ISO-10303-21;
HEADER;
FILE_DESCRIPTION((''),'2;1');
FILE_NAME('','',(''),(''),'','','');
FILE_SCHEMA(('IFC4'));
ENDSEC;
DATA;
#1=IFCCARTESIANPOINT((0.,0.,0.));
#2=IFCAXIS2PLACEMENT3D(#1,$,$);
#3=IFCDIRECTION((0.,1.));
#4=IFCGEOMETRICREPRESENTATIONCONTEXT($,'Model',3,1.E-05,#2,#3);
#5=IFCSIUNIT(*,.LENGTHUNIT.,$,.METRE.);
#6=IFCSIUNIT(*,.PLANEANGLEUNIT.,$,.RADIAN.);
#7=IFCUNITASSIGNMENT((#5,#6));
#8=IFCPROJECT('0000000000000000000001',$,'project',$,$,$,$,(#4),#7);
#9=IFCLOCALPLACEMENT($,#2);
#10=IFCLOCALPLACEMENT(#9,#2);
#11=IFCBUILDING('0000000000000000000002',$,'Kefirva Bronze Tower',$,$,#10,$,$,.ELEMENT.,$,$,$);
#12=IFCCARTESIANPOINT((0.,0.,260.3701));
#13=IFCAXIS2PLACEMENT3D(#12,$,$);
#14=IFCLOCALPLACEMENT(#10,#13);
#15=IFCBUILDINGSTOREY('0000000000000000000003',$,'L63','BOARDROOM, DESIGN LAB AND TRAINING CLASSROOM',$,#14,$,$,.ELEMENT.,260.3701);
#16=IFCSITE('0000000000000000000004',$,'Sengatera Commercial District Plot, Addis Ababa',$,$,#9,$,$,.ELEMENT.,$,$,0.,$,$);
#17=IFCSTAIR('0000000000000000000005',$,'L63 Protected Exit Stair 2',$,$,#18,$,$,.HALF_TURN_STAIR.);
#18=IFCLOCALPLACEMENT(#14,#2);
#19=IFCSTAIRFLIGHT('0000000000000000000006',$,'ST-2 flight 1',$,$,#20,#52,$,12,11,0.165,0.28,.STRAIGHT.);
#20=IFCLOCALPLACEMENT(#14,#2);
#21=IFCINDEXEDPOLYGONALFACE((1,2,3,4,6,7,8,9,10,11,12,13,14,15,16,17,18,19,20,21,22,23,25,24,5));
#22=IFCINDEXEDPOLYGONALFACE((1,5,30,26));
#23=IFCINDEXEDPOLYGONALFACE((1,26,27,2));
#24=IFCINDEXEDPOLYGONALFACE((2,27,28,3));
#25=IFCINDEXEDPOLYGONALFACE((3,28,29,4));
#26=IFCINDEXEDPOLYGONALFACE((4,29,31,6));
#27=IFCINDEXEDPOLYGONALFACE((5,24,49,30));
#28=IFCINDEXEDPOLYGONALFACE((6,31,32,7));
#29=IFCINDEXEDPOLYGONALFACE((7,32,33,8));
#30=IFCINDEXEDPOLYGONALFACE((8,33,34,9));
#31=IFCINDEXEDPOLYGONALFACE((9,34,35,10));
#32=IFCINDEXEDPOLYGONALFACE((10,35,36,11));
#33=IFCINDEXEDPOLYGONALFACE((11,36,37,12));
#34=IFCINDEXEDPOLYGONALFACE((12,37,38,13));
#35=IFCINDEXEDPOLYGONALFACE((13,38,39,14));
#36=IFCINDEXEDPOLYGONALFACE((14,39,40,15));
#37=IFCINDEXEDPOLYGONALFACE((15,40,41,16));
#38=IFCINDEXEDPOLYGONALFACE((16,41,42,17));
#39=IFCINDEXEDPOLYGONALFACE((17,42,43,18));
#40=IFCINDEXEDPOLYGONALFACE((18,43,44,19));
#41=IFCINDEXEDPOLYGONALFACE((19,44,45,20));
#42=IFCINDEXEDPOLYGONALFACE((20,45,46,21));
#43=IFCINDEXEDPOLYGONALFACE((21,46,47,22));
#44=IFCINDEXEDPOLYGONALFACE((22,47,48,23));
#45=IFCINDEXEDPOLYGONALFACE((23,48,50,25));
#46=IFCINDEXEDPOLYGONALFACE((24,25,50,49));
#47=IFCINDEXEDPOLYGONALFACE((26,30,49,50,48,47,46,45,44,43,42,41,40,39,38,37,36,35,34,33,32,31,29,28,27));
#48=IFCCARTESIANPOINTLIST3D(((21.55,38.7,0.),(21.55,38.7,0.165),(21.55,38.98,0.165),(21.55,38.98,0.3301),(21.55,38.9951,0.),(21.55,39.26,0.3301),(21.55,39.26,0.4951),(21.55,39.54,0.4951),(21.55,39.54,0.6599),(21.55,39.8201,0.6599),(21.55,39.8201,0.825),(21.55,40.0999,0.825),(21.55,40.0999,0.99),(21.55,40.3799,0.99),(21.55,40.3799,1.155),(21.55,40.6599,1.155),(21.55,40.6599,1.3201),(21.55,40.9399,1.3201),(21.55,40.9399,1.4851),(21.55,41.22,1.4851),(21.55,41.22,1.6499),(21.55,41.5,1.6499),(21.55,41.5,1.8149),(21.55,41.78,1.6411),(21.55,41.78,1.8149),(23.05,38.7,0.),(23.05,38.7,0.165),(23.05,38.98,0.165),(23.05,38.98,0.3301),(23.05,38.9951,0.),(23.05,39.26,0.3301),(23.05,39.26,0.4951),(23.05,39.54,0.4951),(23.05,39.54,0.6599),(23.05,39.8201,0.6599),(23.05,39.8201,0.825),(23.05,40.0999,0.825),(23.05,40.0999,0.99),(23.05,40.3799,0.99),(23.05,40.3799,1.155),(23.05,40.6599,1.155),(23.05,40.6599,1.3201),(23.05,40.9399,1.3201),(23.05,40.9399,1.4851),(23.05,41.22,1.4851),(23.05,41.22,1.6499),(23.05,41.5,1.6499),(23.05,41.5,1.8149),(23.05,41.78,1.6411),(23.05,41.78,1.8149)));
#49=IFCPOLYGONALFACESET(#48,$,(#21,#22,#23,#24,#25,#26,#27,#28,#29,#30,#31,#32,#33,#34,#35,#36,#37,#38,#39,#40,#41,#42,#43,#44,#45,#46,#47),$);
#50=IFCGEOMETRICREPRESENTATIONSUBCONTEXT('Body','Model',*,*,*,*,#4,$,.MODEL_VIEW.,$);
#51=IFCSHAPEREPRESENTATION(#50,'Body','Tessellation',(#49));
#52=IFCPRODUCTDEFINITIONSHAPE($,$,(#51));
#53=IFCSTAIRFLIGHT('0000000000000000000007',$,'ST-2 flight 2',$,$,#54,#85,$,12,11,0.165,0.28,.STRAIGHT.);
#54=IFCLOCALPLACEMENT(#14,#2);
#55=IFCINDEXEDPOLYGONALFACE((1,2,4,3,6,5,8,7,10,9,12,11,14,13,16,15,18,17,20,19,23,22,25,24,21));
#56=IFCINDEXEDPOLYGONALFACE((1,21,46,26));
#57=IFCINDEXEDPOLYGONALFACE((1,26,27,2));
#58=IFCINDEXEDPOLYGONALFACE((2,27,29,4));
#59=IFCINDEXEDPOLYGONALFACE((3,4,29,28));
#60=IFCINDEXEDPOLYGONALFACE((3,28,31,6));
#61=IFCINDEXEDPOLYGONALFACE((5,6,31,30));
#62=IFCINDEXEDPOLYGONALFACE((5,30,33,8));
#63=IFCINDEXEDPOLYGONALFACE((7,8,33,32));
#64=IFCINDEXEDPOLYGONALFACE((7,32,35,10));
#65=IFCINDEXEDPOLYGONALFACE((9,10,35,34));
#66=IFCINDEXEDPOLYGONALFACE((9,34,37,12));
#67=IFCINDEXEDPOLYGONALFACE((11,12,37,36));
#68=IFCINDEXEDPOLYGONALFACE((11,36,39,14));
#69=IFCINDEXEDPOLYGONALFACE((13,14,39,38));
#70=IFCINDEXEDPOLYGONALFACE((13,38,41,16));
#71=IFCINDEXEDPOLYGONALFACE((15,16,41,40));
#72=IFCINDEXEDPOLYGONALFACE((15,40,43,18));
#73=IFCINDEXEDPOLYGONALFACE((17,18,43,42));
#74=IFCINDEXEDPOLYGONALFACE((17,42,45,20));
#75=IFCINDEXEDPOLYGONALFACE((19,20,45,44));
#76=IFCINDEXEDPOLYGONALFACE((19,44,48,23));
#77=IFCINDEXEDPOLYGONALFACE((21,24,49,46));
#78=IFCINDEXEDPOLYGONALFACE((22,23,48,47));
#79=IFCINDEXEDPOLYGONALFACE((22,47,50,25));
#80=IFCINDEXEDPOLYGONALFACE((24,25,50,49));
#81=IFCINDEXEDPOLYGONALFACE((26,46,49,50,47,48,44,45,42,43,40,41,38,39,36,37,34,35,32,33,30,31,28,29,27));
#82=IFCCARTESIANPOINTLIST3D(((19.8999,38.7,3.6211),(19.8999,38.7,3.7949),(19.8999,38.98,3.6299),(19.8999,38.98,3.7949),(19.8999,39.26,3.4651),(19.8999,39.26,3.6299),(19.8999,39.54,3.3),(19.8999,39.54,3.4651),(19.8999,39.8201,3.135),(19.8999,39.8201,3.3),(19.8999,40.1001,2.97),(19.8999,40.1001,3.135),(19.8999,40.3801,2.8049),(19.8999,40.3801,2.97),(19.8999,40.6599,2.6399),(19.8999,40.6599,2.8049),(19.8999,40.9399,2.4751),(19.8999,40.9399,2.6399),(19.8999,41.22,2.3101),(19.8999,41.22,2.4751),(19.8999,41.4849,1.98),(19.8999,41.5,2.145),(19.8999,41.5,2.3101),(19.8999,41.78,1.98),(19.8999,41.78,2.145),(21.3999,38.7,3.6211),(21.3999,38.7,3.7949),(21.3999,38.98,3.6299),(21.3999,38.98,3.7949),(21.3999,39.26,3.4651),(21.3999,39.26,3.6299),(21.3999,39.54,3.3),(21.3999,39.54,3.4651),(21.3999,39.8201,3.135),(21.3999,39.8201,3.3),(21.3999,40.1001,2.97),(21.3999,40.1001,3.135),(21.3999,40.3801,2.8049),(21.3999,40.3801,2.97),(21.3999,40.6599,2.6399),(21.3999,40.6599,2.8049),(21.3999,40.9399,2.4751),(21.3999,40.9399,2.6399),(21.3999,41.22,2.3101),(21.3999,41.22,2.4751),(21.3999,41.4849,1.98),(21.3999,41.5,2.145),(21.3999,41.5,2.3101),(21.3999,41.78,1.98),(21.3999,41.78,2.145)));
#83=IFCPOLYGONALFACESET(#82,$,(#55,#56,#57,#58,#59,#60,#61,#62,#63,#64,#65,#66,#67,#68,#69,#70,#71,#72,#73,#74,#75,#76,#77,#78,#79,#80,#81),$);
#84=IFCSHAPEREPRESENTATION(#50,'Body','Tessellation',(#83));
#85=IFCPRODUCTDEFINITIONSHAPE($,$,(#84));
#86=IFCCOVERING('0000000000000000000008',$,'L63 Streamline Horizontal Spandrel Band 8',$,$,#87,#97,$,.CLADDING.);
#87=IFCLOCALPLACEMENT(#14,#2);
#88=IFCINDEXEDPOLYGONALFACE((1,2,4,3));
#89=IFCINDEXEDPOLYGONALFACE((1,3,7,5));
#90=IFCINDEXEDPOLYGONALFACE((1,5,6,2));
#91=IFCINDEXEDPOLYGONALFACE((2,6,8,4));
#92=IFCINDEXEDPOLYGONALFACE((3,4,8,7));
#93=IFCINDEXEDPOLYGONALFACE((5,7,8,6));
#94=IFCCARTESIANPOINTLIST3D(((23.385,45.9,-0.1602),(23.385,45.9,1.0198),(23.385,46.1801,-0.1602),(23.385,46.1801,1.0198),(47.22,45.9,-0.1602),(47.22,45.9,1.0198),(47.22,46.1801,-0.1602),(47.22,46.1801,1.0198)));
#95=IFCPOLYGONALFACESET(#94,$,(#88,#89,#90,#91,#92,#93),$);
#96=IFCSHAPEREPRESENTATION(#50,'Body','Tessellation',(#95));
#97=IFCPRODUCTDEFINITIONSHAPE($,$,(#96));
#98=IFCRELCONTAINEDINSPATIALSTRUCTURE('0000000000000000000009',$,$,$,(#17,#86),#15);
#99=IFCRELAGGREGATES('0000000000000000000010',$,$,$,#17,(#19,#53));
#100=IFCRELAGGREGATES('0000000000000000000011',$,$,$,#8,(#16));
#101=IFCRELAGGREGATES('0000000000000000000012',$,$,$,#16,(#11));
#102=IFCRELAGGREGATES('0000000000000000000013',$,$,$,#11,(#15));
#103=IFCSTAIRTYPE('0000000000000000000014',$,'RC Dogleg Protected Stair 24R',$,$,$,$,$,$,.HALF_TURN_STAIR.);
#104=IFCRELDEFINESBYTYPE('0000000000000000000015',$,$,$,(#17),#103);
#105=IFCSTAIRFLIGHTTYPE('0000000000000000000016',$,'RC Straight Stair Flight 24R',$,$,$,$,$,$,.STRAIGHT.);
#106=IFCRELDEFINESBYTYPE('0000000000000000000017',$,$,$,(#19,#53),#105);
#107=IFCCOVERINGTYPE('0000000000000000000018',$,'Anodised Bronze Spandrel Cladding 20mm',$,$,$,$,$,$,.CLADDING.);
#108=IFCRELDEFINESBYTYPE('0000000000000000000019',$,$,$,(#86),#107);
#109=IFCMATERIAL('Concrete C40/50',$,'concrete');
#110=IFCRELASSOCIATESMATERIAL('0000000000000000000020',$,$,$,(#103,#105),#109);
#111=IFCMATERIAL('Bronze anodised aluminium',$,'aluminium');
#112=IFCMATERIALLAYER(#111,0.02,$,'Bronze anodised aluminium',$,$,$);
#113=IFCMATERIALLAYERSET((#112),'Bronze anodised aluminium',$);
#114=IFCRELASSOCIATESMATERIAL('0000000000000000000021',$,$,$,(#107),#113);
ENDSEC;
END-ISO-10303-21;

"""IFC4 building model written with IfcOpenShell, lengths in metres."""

from ifc_helpers import new_model, si_unit, direction, frame, origin, origin_2d, place, context, subcontext, project, spatial, polyline, rectangle, outline, extrude, material, layer, layer_set, type_object, element, aggregate, save


model = new_model("IFC4")

# Units and contexts
model_context = context("Model", 3, precision=1e-05, world=origin(), true_north=direction((0.0, 1.0)))
body_context = subcontext(model_context, "Body", "Model", "MODEL_VIEW")
ifc_project = project(units=[si_unit("LENGTHUNIT", "METRE"), si_unit("PLANEANGLEUNIT", "RADIAN")], contexts=[model_context])

# Site, building, storey
site_placement = place(None, origin())
site = spatial("IfcSite", under=ifc_project, at=site_placement, Name="Sengatera Commercial District Plot, Addis Ababa", CompositionType="ELEMENT", RefElevation=0.0)
building_placement = place(site_placement, origin())
building = spatial("IfcBuilding", under=site, at=building_placement, Name="Kefirva Bronze Tower", CompositionType="ELEMENT")
storey_placement = place(building_placement, frame((0.0, 0.0, 260.3701)))
storey = spatial("IfcBuildingStorey", under=building, at=storey_placement, Name="L63", Description="BOARDROOM, DESIGN LAB AND TRAINING CLASSROOM", CompositionType="ELEMENT", Elevation=260.3701)

# Shared definitions
ifc_material_1 = material(Name="Bronze anodised aluminium", Category="aluminium")

# Stair, stair flights
ifc_material_2 = material(Name="Concrete C40/50", Category="concrete")
stair_type = type_object("IfcStairType", Name="RC Dogleg Protected Stair 24R", PredefinedType="HALF_TURN_STAIR", material=ifc_material_2)
stair_placement = place(storey_placement, origin())
stair = element("IfcStair", 1, at=stair_placement, inside=storey, type_object=stair_type, Name="L63 Protected Exit Stair 2", PredefinedType="HALF_TURN_STAIR")
stair_flight_type = type_object("IfcStairFlightType", Name="RC Straight Stair Flight 24R", PredefinedType="STRAIGHT", material=ifc_material_2)
stair_flight_1_placement = place(storey_placement, frame((22.3, 38.7, 0.0), z_axis=(0.0, 0.0, 1.0), x_axis=(0.0, 1.0, 0.0)))
stair_flight_1 = element("IfcStairFlight", 2, at=stair_flight_1_placement, type_object=stair_flight_type, Name="ST-2 flight 1", NumberOfRisers=12, NumberOfTreads=11, PredefinedType="STRAIGHT", RiserHeight=0.165, TreadLength=0.28, context=body_context, shape_type="SweptSolid", body=[
    extrude(outline(polyline([(0.0, 0.0), (0.0, 0.165), (0.28, 0.165), (0.28, 0.3301), (0.5601, 0.3301), (0.5601, 0.4951), (0.8401, 0.4951), (0.8401, 0.6599), (1.1201, 0.6599), (1.1201, 0.825), (1.3999, 0.825), (1.3999, 0.99), (1.6799, 0.99), (1.6799, 1.155), (1.96, 1.155), (1.96, 1.3201), (2.24, 1.3201), (2.24, 1.4851), (2.52, 1.4851), (2.52, 1.6499), (2.8, 1.6499), (2.8, 1.8149), (3.0801, 1.8149), (3.0801, 1.98), (3.0801, 1.6411), (0.2952, 0.0), (0.0, 0.0)])), frame((0.0, 0.75, 0.0), z_axis=(0.0, -1.0, 0.0), x_axis=(1.0, 0.0, 0.0)), (0.0, 0.0, 1.0), 1.5),
])
stair_flight_2_placement = place(storey_placement, frame((20.6499, 41.78, 1.98), z_axis=(0.0, 0.0, 1.0), x_axis=(0.0, -1.0, 0.0)))
stair_flight_2 = element("IfcStairFlight", 3, at=stair_flight_2_placement, type_object=stair_flight_type, Name="ST-2 flight 2", NumberOfRisers=12, NumberOfTreads=11, PredefinedType="STRAIGHT", RiserHeight=0.165, TreadLength=0.28, context=body_context, shape_type="SweptSolid", body=[
    extrude(outline(polyline([(0.0, 0.0), (0.0, 0.165), (0.28, 0.165), (0.28, 0.3301), (0.5601, 0.3301), (0.5601, 0.4951), (0.8401, 0.4951), (0.8401, 0.6599), (1.1201, 0.6599), (1.1201, 0.825), (1.3999, 0.825), (1.3999, 0.99), (1.6799, 0.99), (1.6799, 1.155), (1.96, 1.155), (1.96, 1.3201), (2.24, 1.3201), (2.24, 1.4851), (2.52, 1.4851), (2.52, 1.6499), (2.8, 1.6499), (2.8, 1.8149), (3.0801, 1.8149), (3.0801, 1.98), (3.0801, 1.6411), (0.2952, 0.0), (0.0, 0.0)])), frame((0.0, 0.75, 0.0), z_axis=(0.0, -1.0, 0.0), x_axis=(1.0, 0.0, 0.0)), (0.0, 0.0, 1.0), 1.5),
])
aggregate(stair, [stair_flight_1, stair_flight_2])

# Covering
ifc_layer_1 = layer(ifc_material_1, 0.02, Name="Bronze anodised aluminium")
ifc_layer_set_1 = layer_set([ifc_layer_1], Name="Bronze anodised aluminium")
covering_type_1 = type_object("IfcCoveringType", Name="Anodised Bronze Spandrel Cladding 20mm", PredefinedType="CLADDING", material=ifc_layer_set_1)
covering_1_placement = place(storey_placement, frame((35.3025, 46.04, -0.1602), z_axis=(0.0, 0.0, 1.0), x_axis=(-1.0, 0.0, 0.0)))
element("IfcCovering", 4, at=covering_1_placement, inside=storey, type_object=covering_type_1, Name="L63 Streamline Horizontal Spandrel Band 8", PredefinedType="CLADDING", context=body_context, shape_type="SweptSolid", body=[
    extrude(rectangle(XDim=23.835, YDim=0.28, at=origin_2d()), origin(), (0.0, 0.0, 1.0), 1.1799),
])

save(model, "model.ifc")
